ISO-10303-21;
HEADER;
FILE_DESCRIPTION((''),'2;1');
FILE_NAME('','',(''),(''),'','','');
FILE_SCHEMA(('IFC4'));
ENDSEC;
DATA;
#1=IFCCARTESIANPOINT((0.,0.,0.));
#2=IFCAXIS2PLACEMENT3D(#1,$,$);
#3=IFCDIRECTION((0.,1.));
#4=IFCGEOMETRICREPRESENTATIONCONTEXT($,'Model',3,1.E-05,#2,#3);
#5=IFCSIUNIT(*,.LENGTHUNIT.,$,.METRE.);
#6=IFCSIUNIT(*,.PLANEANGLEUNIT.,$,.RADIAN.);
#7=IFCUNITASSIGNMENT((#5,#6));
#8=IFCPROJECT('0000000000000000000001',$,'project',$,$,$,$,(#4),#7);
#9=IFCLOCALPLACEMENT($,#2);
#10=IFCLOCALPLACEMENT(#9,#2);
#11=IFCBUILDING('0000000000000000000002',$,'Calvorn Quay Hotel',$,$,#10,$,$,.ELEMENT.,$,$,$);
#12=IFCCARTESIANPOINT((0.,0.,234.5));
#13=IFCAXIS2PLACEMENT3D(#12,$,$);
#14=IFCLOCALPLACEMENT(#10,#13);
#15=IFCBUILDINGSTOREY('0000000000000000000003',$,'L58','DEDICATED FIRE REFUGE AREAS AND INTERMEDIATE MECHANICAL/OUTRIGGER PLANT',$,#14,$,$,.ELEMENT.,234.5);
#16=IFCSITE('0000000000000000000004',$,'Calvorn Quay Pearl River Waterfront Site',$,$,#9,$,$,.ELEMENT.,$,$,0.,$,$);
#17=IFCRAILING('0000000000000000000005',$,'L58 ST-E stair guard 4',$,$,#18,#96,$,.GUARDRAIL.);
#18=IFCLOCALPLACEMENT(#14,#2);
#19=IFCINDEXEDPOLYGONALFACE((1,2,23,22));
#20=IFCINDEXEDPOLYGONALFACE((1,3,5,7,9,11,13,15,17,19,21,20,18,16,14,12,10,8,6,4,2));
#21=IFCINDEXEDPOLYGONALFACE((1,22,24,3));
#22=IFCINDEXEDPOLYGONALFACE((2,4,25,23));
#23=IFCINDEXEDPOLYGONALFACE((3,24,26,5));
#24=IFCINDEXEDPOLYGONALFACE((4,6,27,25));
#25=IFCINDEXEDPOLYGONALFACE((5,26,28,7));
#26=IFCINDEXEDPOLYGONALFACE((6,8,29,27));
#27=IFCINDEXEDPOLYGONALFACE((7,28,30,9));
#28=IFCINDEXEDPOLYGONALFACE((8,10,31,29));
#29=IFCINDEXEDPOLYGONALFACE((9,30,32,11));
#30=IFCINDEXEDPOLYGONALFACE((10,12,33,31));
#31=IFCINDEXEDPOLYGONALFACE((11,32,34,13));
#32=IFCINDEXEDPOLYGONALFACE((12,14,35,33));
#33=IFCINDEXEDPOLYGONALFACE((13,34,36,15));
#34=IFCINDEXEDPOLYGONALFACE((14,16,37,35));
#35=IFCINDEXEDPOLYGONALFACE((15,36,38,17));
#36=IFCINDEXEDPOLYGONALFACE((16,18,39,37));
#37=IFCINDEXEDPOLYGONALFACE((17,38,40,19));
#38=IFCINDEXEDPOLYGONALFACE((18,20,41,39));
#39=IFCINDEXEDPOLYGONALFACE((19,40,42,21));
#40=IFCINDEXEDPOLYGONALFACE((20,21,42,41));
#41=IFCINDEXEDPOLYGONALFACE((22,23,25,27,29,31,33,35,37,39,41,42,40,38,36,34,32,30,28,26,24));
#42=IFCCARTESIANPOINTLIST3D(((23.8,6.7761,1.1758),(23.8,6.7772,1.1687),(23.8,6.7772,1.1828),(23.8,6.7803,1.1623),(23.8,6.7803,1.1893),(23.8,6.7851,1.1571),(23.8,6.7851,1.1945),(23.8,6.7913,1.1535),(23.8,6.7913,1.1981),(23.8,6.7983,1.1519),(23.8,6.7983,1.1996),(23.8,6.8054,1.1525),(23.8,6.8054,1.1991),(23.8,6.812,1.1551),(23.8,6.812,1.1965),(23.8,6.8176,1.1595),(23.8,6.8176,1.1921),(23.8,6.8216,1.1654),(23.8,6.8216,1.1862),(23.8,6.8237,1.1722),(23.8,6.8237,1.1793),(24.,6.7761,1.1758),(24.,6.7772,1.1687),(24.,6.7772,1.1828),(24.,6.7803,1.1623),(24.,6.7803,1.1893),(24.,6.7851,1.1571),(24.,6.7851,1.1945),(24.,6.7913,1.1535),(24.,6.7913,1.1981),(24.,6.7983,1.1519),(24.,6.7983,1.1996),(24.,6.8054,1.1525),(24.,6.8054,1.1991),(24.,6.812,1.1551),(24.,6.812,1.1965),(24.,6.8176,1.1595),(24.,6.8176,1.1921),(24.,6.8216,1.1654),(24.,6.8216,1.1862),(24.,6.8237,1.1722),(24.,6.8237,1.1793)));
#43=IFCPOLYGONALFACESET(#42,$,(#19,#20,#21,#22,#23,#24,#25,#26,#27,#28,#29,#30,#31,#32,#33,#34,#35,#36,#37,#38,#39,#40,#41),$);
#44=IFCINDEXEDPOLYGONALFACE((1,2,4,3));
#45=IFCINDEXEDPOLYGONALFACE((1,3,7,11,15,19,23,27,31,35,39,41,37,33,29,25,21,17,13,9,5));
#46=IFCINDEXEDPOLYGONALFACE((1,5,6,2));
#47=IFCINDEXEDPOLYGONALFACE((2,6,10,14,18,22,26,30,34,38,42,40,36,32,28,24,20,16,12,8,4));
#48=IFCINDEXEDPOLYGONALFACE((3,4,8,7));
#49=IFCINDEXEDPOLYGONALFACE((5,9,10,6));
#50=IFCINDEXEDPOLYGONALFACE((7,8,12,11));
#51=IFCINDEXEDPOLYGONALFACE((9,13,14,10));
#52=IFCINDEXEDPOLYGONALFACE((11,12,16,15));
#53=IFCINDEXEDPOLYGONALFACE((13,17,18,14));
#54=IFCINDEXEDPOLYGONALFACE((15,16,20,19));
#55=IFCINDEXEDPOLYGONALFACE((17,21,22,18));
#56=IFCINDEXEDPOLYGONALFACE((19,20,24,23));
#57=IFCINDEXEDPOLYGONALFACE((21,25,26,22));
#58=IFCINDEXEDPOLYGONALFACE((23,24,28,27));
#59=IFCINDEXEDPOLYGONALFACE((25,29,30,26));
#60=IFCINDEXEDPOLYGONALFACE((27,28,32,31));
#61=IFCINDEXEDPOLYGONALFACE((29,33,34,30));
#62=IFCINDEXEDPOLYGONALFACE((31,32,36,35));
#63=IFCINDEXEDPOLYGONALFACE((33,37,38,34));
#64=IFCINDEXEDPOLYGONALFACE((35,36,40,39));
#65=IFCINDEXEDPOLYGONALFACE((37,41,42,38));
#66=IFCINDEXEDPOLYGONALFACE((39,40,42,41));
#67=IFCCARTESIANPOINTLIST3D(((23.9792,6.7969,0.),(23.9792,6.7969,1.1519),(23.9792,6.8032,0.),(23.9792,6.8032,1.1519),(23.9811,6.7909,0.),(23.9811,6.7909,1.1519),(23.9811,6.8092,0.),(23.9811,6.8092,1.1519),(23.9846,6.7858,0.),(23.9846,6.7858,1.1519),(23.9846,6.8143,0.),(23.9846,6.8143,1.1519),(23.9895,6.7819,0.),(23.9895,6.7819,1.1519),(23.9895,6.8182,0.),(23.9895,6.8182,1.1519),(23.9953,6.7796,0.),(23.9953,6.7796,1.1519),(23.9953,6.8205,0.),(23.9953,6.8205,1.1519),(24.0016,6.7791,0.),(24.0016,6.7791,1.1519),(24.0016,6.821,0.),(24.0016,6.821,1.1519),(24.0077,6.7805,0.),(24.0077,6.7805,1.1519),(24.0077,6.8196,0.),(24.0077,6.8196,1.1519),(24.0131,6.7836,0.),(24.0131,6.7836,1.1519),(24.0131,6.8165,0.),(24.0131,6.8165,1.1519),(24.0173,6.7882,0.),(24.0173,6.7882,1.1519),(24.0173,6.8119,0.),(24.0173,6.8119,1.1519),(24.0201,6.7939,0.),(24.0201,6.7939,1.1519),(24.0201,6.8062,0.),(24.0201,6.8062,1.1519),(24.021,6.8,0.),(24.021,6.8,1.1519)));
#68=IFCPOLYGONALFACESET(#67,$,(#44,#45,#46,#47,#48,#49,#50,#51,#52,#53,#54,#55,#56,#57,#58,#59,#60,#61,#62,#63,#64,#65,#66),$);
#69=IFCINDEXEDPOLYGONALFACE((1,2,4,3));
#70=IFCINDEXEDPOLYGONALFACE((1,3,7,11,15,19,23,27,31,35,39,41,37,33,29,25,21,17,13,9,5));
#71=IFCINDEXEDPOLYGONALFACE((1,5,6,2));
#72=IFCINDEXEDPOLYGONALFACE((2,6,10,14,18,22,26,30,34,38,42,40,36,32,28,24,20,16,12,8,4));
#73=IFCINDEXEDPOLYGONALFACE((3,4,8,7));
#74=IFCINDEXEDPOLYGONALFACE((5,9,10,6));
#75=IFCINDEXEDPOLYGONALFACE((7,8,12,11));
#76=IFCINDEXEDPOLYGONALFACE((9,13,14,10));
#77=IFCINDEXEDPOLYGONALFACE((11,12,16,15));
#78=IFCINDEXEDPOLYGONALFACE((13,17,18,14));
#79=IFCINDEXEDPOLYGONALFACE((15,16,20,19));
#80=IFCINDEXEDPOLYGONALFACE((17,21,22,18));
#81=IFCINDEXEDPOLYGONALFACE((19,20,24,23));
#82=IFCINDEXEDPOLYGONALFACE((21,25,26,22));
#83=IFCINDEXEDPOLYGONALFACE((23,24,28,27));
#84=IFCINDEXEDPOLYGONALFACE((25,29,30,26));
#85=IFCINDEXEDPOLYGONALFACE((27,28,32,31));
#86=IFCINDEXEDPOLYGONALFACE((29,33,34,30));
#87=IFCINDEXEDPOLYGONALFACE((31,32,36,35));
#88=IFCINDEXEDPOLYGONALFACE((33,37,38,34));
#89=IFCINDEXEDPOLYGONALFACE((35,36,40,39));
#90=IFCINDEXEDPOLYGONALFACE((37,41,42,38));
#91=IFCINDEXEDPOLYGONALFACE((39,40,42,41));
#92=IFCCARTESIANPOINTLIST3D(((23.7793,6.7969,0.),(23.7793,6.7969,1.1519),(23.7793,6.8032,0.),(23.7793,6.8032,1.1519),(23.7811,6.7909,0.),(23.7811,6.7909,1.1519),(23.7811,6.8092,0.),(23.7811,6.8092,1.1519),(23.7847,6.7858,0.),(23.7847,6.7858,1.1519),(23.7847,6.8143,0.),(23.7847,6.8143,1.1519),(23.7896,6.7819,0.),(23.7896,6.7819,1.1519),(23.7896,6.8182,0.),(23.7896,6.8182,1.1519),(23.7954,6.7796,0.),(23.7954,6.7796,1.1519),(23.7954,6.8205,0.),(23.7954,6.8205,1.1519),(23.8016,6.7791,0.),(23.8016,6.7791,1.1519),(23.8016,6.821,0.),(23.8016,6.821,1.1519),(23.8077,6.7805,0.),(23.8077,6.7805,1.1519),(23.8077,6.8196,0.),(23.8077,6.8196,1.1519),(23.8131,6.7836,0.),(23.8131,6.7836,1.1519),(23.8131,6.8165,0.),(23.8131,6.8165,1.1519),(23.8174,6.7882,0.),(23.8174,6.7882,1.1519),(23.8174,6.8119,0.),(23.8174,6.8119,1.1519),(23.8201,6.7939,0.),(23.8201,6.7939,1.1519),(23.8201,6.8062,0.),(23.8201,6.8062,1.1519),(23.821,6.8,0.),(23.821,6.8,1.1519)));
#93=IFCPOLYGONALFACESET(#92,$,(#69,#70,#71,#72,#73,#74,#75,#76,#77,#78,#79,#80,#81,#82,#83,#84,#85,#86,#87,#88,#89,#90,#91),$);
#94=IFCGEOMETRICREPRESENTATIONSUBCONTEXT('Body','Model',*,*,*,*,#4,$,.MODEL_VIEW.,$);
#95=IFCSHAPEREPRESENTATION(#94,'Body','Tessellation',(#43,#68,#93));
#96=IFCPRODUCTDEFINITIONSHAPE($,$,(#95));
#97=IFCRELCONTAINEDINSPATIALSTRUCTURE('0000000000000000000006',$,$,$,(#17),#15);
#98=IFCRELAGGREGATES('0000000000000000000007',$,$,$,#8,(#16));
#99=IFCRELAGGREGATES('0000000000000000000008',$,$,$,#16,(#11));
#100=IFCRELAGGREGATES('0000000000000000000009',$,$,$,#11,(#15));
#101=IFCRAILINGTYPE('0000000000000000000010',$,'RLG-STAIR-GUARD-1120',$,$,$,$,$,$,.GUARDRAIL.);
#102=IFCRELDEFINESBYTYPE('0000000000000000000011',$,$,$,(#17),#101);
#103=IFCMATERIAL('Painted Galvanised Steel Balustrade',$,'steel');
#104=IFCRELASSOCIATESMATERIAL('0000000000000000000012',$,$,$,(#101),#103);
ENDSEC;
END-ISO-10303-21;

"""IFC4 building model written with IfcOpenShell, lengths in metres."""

from ifc_helpers import new_model, si_unit, direction, frame, origin, origin_2d, place, context, subcontext, project, spatial, circle, extrude, material, type_object, element, save


model = new_model("IFC4")

# Units and contexts
model_context = context("Model", 3, precision=1e-05, world=origin(), true_north=direction((0.0, 1.0)))
body_context = subcontext(model_context, "Body", "Model", "MODEL_VIEW")
ifc_project = project(units=[si_unit("LENGTHUNIT", "METRE"), si_unit("PLANEANGLEUNIT", "RADIAN")], contexts=[model_context])

# Site, building, storey
site_placement = place(None, origin())
site = spatial("IfcSite", under=ifc_project, at=site_placement, Name="Calvorn Quay Pearl River Waterfront Site", CompositionType="ELEMENT", RefElevation=0.0)
building_placement = place(site_placement, origin())
building = spatial("IfcBuilding", under=site, at=building_placement, Name="Calvorn Quay Hotel", CompositionType="ELEMENT")
storey_placement = place(building_placement, frame((0.0, 0.0, 234.5)))
storey = spatial("IfcBuildingStorey", under=building, at=storey_placement, Name="L58", Description="DEDICATED FIRE REFUGE AREAS AND INTERMEDIATE MECHANICAL/OUTRIGGER PLANT", CompositionType="ELEMENT", Elevation=234.5)

# Railing
ifc_material_1 = material(Name="Painted Galvanised Steel Balustrade", Category="steel")
railing_type_1 = type_object("IfcRailingType", Name="RLG-STAIR-GUARD-1120", PredefinedType="GUARDRAIL", material=ifc_material_1)
railing_1_placement = place(storey_placement, frame((24.0, 6.8, 0.0)))
element("IfcRailing", 1, at=railing_1_placement, inside=storey, type_object=railing_type_1, Name="L58 ST-E stair guard 4", PredefinedType="GUARDRAIL", context=body_context, shape_type="SweptSolid", body=[
    extrude(circle(Radius=0.0239, at=origin_2d()), frame((0.0, 0.0, 1.1758), z_axis=(-1.0, 0.0, 0.0), x_axis=(0.0, -1.0, 0.0)), (0.0, 0.0, 1.0), 0.2),
    extrude(circle(Radius=0.021, at=origin_2d()), origin(), (0.0, 0.0, 1.0), 1.1519),
    extrude(circle(Radius=0.021, at=origin_2d()), frame((-0.2, 0.0, 0.0)), (0.0, 0.0, 1.0), 1.1519),
])

save(model, "model.ifc")
